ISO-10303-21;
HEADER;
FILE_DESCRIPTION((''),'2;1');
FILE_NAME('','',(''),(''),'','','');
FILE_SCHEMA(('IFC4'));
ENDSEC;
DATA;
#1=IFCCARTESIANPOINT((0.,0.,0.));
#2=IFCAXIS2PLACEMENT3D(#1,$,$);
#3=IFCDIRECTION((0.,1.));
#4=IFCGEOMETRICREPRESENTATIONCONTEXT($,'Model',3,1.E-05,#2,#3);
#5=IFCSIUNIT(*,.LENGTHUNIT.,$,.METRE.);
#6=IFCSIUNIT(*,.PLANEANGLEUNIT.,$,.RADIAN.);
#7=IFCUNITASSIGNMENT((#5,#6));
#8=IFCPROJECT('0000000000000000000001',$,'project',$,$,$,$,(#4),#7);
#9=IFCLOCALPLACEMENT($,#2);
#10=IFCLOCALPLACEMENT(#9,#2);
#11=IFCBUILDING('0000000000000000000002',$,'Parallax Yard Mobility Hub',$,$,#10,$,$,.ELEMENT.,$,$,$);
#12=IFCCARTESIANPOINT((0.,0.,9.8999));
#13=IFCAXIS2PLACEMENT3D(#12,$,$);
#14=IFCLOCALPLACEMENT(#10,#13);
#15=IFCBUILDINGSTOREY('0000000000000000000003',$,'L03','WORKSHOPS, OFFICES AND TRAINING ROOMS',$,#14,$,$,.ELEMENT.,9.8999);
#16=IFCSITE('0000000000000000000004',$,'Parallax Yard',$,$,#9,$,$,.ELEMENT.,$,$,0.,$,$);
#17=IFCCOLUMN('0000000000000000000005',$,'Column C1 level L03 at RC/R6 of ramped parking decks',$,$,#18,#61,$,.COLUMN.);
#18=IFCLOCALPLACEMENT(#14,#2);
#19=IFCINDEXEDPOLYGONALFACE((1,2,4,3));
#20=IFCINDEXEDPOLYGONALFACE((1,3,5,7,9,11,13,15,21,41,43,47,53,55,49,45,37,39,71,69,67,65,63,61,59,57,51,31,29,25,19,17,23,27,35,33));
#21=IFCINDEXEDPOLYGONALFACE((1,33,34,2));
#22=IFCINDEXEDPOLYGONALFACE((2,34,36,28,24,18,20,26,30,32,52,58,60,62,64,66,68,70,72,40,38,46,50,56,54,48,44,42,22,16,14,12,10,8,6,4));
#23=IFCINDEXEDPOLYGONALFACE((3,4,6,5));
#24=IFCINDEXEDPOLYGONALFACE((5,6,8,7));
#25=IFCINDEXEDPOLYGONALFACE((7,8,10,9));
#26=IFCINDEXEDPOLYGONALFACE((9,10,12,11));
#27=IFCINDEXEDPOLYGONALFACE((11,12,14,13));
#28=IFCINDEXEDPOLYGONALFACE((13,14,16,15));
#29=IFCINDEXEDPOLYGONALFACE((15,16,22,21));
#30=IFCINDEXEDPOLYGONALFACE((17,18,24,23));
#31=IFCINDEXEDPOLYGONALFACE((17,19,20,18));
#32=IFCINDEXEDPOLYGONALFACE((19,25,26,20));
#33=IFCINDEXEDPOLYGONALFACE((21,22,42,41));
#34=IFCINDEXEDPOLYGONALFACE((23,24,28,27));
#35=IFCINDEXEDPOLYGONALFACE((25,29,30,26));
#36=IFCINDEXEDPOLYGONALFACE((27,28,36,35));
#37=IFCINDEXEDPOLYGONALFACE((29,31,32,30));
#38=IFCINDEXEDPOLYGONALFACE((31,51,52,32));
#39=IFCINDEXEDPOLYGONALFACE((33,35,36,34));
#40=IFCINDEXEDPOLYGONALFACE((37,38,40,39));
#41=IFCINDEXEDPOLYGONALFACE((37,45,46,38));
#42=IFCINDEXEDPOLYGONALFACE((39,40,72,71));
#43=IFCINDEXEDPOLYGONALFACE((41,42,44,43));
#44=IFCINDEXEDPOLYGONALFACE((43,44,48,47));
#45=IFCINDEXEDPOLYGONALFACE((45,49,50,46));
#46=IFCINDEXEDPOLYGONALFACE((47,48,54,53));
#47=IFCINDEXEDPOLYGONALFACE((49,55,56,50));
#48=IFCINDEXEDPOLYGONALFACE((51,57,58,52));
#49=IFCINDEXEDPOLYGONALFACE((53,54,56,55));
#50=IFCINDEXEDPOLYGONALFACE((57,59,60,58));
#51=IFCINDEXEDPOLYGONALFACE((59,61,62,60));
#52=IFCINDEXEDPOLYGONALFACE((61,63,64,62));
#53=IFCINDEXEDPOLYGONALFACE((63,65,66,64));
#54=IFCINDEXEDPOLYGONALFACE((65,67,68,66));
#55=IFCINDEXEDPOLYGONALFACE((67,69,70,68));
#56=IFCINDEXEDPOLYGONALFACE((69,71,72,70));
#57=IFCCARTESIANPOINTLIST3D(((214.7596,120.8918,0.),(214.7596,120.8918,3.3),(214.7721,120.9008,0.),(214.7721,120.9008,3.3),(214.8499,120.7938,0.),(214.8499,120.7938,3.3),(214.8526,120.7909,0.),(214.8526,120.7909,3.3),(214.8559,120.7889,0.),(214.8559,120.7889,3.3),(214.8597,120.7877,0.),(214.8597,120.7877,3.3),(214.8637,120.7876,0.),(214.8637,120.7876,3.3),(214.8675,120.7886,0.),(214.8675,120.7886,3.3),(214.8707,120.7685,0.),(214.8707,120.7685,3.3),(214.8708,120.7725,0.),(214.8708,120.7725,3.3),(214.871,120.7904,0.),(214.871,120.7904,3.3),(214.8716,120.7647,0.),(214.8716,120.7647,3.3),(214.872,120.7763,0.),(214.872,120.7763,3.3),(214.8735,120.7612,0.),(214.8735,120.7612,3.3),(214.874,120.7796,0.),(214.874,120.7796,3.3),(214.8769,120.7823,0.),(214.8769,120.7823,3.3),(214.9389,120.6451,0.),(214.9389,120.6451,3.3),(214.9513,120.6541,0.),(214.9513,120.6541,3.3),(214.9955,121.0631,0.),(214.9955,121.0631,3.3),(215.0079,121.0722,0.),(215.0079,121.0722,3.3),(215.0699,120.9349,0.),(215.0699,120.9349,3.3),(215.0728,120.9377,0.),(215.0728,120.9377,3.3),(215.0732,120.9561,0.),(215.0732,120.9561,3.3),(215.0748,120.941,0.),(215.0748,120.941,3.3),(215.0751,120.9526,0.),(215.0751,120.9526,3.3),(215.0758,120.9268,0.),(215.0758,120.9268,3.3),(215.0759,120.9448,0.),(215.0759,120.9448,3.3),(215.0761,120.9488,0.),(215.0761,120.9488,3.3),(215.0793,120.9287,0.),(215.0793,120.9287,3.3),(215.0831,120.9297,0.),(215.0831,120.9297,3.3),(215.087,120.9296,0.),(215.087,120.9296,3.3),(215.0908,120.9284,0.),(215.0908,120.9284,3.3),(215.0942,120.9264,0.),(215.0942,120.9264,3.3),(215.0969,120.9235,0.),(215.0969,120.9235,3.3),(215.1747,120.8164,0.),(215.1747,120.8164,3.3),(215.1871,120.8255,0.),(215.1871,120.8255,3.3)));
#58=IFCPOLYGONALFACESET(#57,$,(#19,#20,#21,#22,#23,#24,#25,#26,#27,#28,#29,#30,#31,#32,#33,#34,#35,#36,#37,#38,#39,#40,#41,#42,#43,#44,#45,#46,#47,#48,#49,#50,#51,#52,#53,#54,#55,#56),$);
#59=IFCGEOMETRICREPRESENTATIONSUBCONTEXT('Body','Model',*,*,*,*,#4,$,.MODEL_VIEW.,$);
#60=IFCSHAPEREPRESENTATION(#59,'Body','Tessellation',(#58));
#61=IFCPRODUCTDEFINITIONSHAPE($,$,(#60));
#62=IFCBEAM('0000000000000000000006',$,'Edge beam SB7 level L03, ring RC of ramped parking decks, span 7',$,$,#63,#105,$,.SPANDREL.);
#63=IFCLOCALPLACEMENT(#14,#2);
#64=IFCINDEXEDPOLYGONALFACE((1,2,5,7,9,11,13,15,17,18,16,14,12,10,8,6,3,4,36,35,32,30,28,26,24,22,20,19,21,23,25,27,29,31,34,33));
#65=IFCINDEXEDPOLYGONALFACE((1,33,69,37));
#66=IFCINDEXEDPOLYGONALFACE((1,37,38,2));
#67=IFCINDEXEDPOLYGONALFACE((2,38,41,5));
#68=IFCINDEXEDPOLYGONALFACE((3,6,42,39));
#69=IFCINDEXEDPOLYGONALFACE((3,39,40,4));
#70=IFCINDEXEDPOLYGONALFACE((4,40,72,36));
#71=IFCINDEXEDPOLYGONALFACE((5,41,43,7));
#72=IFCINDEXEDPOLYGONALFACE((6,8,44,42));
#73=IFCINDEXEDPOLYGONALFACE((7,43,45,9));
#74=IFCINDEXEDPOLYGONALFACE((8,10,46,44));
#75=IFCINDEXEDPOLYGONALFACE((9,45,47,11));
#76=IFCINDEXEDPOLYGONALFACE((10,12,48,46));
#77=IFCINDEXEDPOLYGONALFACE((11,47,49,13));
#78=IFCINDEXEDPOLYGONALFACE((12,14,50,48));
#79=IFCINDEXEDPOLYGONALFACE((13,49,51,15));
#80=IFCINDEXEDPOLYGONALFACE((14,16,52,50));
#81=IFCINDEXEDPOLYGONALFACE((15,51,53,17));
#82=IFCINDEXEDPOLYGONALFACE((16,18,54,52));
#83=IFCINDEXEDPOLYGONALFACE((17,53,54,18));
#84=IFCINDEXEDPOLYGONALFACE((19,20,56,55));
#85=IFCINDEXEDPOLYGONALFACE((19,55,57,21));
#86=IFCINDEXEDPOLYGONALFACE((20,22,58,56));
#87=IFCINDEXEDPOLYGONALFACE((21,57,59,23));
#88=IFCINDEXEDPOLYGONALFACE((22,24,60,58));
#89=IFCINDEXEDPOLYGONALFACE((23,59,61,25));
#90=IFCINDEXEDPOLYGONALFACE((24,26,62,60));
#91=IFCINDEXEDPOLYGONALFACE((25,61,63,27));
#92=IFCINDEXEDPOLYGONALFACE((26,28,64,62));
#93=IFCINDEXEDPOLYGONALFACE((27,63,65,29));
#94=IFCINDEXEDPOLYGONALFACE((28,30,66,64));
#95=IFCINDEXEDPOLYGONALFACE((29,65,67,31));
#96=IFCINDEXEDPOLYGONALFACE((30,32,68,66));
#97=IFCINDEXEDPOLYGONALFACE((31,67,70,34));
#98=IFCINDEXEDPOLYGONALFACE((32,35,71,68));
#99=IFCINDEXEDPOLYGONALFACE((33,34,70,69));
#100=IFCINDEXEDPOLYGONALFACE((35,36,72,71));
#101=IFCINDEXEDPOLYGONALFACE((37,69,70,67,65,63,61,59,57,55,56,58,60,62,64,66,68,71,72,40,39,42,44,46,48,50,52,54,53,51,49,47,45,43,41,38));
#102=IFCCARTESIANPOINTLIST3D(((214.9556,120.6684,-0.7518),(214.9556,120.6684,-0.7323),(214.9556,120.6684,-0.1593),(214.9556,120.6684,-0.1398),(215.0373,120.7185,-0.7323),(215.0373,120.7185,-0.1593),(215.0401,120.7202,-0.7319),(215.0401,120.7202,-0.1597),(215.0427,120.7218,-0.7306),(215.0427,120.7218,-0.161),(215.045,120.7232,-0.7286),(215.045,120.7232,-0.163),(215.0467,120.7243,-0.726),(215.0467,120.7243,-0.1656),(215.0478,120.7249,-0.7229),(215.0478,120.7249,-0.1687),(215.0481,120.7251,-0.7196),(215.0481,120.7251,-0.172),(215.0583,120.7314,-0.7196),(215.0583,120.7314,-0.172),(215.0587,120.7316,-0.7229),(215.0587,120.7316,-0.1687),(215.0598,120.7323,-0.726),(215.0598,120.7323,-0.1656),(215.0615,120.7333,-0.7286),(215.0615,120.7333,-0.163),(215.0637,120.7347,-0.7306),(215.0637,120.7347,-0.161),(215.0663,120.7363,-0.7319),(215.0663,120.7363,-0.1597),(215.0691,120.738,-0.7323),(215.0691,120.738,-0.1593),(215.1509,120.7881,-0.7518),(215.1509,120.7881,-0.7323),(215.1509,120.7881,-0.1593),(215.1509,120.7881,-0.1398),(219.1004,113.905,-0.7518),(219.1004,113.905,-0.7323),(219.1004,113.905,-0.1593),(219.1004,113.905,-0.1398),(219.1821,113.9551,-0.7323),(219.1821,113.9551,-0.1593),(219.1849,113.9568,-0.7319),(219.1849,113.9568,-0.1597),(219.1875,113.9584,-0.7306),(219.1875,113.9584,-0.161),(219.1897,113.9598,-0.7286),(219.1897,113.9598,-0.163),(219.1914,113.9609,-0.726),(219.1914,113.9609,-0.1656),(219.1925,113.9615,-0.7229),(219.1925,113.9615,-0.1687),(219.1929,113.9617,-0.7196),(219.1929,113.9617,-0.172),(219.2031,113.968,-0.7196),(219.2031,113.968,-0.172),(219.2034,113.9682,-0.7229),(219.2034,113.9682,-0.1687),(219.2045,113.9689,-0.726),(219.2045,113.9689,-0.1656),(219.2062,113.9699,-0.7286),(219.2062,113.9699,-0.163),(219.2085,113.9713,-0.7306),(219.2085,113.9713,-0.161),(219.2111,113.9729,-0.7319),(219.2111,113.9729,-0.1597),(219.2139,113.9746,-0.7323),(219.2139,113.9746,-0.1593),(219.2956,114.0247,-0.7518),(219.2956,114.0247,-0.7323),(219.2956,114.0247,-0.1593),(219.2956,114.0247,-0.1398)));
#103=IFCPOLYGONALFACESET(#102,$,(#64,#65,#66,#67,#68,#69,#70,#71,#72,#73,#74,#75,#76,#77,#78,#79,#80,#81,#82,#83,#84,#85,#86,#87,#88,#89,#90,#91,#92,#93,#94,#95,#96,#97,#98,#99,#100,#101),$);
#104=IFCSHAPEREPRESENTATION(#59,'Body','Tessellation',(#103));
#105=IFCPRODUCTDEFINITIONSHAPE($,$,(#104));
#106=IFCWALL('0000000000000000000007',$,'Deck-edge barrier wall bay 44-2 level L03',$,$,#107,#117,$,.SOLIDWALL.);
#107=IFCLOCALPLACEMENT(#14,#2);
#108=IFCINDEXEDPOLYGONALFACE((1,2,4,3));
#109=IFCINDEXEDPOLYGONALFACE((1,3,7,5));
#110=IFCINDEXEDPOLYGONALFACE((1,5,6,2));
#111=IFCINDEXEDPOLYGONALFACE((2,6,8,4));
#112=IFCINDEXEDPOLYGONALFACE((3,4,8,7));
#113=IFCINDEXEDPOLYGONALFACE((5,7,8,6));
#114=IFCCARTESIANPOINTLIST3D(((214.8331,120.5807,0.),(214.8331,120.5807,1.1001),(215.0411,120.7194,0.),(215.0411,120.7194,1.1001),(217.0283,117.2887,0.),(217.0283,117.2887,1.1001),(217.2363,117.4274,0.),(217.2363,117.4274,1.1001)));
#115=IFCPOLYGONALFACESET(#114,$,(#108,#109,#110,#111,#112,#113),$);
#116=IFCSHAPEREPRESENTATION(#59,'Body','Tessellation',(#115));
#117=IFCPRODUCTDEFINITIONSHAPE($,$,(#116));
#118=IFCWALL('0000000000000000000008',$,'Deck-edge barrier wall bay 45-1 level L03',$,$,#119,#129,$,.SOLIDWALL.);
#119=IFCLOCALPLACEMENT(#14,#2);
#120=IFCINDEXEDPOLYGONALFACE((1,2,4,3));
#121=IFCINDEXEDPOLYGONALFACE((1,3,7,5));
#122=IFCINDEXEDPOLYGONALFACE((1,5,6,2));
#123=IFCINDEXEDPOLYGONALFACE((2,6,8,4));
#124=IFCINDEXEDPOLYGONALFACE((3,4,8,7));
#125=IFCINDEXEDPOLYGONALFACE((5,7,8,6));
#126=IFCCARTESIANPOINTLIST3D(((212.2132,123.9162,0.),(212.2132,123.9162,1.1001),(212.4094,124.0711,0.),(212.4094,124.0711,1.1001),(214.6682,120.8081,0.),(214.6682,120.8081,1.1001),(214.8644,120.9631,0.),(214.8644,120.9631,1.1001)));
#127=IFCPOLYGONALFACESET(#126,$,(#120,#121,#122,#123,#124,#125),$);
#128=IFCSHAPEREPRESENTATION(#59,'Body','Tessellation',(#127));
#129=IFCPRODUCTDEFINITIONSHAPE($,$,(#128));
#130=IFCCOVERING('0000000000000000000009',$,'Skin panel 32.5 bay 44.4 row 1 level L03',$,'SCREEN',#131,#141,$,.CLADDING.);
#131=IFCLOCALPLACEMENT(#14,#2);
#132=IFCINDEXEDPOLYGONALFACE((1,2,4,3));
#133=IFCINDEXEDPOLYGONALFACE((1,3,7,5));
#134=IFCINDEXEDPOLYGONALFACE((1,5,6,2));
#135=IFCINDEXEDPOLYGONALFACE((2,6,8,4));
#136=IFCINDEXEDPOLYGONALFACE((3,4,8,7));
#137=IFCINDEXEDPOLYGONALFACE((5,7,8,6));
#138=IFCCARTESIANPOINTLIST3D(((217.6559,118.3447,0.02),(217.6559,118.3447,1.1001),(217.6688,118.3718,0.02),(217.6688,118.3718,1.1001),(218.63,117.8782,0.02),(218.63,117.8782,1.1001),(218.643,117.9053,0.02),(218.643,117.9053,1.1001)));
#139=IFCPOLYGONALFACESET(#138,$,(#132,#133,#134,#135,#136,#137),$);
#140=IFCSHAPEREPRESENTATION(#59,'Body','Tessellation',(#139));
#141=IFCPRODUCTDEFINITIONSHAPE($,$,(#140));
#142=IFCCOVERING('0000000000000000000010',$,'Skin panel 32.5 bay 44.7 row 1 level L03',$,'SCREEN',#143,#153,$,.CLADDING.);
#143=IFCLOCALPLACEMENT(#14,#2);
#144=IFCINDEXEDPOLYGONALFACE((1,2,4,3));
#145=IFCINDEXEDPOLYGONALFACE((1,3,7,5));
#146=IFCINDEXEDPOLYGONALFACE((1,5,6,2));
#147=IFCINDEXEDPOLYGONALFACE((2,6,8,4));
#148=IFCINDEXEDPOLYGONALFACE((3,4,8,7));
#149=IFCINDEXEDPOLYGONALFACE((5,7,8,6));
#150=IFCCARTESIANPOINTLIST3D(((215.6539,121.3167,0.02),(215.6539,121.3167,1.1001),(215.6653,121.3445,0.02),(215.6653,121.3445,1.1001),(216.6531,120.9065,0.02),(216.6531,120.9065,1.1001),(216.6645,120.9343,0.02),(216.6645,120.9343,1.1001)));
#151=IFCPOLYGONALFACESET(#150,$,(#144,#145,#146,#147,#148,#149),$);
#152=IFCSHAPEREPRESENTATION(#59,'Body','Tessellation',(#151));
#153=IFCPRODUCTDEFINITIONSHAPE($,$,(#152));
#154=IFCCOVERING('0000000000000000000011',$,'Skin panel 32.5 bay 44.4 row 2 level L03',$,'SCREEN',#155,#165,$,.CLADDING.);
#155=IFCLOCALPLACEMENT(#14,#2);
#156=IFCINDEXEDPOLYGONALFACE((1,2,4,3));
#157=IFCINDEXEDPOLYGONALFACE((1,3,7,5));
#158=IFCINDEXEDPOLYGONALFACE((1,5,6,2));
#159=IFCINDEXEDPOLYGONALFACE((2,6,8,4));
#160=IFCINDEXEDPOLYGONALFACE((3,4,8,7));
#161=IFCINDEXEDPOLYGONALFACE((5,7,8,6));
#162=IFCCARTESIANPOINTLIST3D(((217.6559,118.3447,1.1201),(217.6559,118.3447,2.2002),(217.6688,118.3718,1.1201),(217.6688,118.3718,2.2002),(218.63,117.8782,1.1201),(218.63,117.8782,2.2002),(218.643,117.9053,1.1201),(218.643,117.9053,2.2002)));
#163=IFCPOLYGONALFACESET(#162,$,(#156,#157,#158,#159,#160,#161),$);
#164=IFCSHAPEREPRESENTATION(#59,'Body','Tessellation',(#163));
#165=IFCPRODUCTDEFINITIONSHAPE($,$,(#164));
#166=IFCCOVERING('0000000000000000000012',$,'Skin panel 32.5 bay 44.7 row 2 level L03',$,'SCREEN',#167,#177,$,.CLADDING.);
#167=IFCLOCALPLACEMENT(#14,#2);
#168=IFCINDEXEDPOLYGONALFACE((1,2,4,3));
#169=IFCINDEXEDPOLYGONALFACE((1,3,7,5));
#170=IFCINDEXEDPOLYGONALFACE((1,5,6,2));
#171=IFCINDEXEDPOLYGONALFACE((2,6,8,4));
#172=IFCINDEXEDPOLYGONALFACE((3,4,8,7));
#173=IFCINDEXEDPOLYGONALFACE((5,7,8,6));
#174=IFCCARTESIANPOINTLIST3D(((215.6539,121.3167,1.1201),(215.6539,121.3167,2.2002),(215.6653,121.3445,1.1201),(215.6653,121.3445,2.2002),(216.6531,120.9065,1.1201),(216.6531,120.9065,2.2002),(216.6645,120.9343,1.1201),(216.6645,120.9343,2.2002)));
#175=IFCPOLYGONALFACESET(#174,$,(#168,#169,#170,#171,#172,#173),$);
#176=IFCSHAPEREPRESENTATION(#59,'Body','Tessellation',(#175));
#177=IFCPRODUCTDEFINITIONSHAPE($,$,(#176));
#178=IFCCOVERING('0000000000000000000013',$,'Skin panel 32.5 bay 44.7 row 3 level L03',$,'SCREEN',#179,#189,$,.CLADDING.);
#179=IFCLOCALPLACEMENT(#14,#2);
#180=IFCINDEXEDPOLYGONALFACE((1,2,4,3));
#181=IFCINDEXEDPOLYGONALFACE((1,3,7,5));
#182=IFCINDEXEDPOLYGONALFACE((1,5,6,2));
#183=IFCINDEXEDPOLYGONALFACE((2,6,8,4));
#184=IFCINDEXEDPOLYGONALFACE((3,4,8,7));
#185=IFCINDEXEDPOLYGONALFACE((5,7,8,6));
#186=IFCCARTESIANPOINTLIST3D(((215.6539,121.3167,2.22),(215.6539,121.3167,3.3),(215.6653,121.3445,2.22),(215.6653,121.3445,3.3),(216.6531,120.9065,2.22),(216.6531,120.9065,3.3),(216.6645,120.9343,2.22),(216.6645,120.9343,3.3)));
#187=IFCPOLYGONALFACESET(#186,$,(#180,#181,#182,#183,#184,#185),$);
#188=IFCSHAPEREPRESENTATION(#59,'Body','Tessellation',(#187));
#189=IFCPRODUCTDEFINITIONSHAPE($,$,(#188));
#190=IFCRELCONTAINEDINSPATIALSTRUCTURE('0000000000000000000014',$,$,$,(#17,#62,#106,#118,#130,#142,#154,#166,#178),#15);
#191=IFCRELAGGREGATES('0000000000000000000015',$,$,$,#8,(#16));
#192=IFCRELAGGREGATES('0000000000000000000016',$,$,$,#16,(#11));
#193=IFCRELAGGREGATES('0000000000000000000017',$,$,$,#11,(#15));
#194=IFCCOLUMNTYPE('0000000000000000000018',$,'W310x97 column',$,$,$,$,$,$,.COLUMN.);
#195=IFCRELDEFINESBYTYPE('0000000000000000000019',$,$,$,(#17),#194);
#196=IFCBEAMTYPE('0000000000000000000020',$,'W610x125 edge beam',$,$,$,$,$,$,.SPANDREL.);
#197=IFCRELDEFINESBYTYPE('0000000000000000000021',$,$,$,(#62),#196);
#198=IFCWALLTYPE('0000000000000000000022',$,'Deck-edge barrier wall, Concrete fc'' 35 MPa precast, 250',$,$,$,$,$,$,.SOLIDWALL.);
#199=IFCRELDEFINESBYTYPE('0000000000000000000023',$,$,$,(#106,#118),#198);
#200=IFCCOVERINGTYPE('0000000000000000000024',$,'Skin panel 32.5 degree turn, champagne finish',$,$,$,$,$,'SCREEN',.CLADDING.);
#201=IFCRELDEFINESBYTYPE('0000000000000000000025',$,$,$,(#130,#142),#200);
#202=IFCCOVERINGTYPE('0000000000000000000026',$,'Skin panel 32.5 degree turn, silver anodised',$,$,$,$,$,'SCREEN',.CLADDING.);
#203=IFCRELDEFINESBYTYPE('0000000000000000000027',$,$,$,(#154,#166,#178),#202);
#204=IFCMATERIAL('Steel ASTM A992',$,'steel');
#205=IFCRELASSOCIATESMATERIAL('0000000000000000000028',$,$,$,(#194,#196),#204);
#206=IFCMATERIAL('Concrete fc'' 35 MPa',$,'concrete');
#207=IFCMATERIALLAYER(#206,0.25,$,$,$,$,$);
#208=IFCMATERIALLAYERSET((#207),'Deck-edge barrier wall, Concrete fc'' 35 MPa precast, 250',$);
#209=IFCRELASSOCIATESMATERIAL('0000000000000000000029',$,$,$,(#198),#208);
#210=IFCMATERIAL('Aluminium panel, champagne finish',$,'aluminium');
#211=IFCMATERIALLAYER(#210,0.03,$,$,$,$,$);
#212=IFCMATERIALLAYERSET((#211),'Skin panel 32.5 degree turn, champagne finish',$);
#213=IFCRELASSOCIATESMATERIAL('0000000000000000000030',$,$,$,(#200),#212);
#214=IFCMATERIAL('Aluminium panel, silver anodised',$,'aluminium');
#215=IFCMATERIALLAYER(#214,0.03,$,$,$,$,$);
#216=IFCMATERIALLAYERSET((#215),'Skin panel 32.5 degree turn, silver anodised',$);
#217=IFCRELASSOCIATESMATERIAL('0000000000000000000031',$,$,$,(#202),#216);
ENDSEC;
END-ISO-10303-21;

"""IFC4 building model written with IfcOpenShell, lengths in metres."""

from ifc_helpers import new_model, si_unit, direction, frame, frame_2d, origin, origin_2d, place, context, subcontext, project, spatial, rectangle, i_section, extrude, material, layer, layer_set, material_profile, profile_set, type_object, element, save


model = new_model("IFC4")

# Units and contexts
model_context = context("Model", 3, precision=1e-05, world=origin(), true_north=direction((0.0, 1.0)))
body_context = subcontext(model_context, "Body", "Model", "MODEL_VIEW")
ifc_project = project(units=[si_unit("LENGTHUNIT", "METRE"), si_unit("PLANEANGLEUNIT", "RADIAN")], contexts=[model_context])

# Site, building, storey
site_placement = place(None, origin())
site = spatial("IfcSite", under=ifc_project, at=site_placement, Name="Parallax Yard", CompositionType="ELEMENT", RefElevation=0.0)
building_placement = place(site_placement, origin())
building = spatial("IfcBuilding", under=site, at=building_placement, Name="Parallax Yard Mobility Hub", CompositionType="ELEMENT")
storey_placement = place(building_placement, frame((0.0, 0.0, 9.8999)))
storey = spatial("IfcBuildingStorey", under=building, at=storey_placement, Name="L03", Description="WORKSHOPS, OFFICES AND TRAINING ROOMS", CompositionType="ELEMENT", Elevation=9.8999)

# Column
ifc_material_1 = material(Name="Steel ASTM A992", Category="steel")
ifc_material_profile_1 = material_profile(ifc_material_1, i_section(OverallWidth=0.3049, OverallDepth=0.3069, WebThickness=0.01, FlangeThickness=0.0154, FilletRadius=0.0151, at=origin_2d()), Name="W310x97")
ifc_profile_set_1 = profile_set([ifc_material_profile_1], Name="Steel ASTM A992")
column_type = type_object("IfcColumnType", Name="W310x97 column", PredefinedType="COLUMN", material=ifc_profile_set_1)
column_placement = place(storey_placement, frame((214.9734, 120.8586, 0.0), z_axis=(0.0, 0.0, 1.0), x_axis=(-0.587785, 0.809017, 0.0)))
element("IfcColumn", 1, at=column_placement, inside=storey, type_object=column_type, Name="Column C1 level L03 at RC/R6 of ramped parking decks", PredefinedType="COLUMN", context=body_context, shape_type="SweptSolid", body=[
    extrude(i_section(OverallWidth=0.3049, OverallDepth=0.3069, WebThickness=0.01, FlangeThickness=0.0154, FilletRadius=0.0151, at=origin_2d()), origin(), (0.0, 0.0, 1.0), 3.3),
])

# Beam
ifc_material_profile_2 = material_profile(ifc_material_1, i_section(OverallWidth=0.229, OverallDepth=0.6121, WebThickness=0.012, FlangeThickness=0.0195, FilletRadius=0.0127, at=origin_2d()), Name="W610x125")
ifc_profile_set_2 = profile_set([ifc_material_profile_2], Name="Steel ASTM A992")
beam_type = type_object("IfcBeamType", Name="W610x125 edge beam", PredefinedType="SPANDREL", material=ifc_profile_set_2)
beam_placement = place(storey_placement, frame((215.0532, 120.7283, -0.4458), z_axis=(0.522512, -0.852632, 0.0), x_axis=(0.852632, 0.522512, 0.0)))
element("IfcBeam", 2, at=beam_placement, inside=storey, type_object=beam_type, Name="Edge beam SB7 level L03, ring RC of ramped parking decks, span 7", PredefinedType="SPANDREL", context=body_context, shape_type="SweptSolid", body=[
    extrude(i_section(OverallWidth=0.229, OverallDepth=0.6121, WebThickness=0.012, FlangeThickness=0.0195, FilletRadius=0.0127, at=origin_2d()), origin(), (0.0, 0.0, 1.0), 7.9324),
])

# Walls
ifc_material_2 = material(Name="Concrete fc' 35 MPa", Category="concrete")
ifc_layer_1 = layer(ifc_material_2, 0.25)
ifc_layer_set_1 = layer_set([ifc_layer_1], Name="Deck-edge barrier wall, Concrete fc' 35 MPa precast, 250")
wall_type = type_object("IfcWallType", Name="Deck-edge barrier wall, Concrete fc' 35 MPa precast, 250", PredefinedType="SOLIDWALL", material=ifc_layer_set_1)
wall_1_placement = place(storey_placement, frame((217.1323, 117.3579, 0.0), z_axis=(0.0, 0.0, 1.0), x_axis=(-0.554771, 0.832003, 0.0)))
element("IfcWall", 3, at=wall_1_placement, inside=storey, type_object=wall_type, Name="Deck-edge barrier wall bay 44-2 level L03", PredefinedType="SOLIDWALL", context=body_context, shape_type="SweptSolid", body=[
    extrude(rectangle(XDim=3.9568, YDim=0.25, at=frame_2d((1.9785, 0.0))), origin(), (0.0, 0.0, 1.0), 1.1001),
])
wall_2_placement = place(storey_placement, frame((214.7664, 120.8855, 0.0), z_axis=(0.0, 0.0, 1.0), x_axis=(-0.619842, 0.784727, 0.0)))
element("IfcWall", 4, at=wall_2_placement, inside=storey, type_object=wall_type, Name="Deck-edge barrier wall bay 45-1 level L03", PredefinedType="SOLIDWALL", context=body_context, shape_type="SweptSolid", body=[
    extrude(rectangle(XDim=3.9607, YDim=0.25, at=frame_2d((1.9805, 0.0))), origin(), (0.0, 0.0, 1.0), 1.1001),
])

# Coverings
ifc_material_3 = material(Name="Aluminium panel, champagne finish", Category="aluminium")
ifc_layer_2 = layer(ifc_material_3, 0.03)
ifc_layer_set_2 = layer_set([ifc_layer_2], Name="Skin panel 32.5 degree turn, champagne finish")
covering_type_1 = type_object("IfcCoveringType", Name="Skin panel 32.5 degree turn, champagne finish", ElementType="SCREEN", PredefinedType="CLADDING", material=ifc_layer_set_2)
for number, where, z_axis, x_axis, name in (
    (5, (218.1494, 118.125, 0.02), (0.0, 0.0, 1.0), (0.901901, -0.431943, 0.0), "Skin panel 32.5 bay 44.4 row 1 level L03"),
    (6, (216.1592, 121.1255, 0.02), (0.0, 0.0, 1.0), (0.925089, -0.37975, 0.0), "Skin panel 32.5 bay 44.7 row 1 level L03"),
):
    element("IfcCovering", number, at=place(storey_placement, frame(where, z_axis=z_axis, x_axis=x_axis)), inside=storey, type_object=covering_type_1, Name=name, ObjectType="SCREEN", PredefinedType="CLADDING", context=body_context, shape_type="SweptSolid", body=[
        extrude(rectangle(XDim=1.0801, YDim=0.03, at=origin_2d()), origin(), (0.0, 0.0, 1.0), 1.0801),
    ])
ifc_material_4 = material(Name="Aluminium panel, silver anodised", Category="aluminium")
ifc_layer_3 = layer(ifc_material_4, 0.03)
ifc_layer_set_3 = layer_set([ifc_layer_3], Name="Skin panel 32.5 degree turn, silver anodised")
covering_type_2 = type_object("IfcCoveringType", Name="Skin panel 32.5 degree turn, silver anodised", ElementType="SCREEN", PredefinedType="CLADDING", material=ifc_layer_set_3)
for number, where, z_axis, x_axis, name in (
    (7, (218.1494, 118.125, 1.1201), (0.0, 0.0, 1.0), (0.901901, -0.431943, 0.0), "Skin panel 32.5 bay 44.4 row 2 level L03"),
    (8, (216.1592, 121.1255, 1.1201), (0.0, 0.0, 1.0), (0.925089, -0.37975, 0.0), "Skin panel 32.5 bay 44.7 row 2 level L03"),
    (9, (216.1592, 121.1255, 2.22), (0.0, 0.0, 1.0), (0.925089, -0.37975, 0.0), "Skin panel 32.5 bay 44.7 row 3 level L03"),
):
    element("IfcCovering", number, at=place(storey_placement, frame(where, z_axis=z_axis, x_axis=x_axis)), inside=storey, type_object=covering_type_2, Name=name, ObjectType="SCREEN", PredefinedType="CLADDING", context=body_context, shape_type="SweptSolid", body=[
        extrude(rectangle(XDim=1.0801, YDim=0.03, at=origin_2d()), origin(), (0.0, 0.0, 1.0), 1.0801),
    ])

save(model, "model.ifc")
